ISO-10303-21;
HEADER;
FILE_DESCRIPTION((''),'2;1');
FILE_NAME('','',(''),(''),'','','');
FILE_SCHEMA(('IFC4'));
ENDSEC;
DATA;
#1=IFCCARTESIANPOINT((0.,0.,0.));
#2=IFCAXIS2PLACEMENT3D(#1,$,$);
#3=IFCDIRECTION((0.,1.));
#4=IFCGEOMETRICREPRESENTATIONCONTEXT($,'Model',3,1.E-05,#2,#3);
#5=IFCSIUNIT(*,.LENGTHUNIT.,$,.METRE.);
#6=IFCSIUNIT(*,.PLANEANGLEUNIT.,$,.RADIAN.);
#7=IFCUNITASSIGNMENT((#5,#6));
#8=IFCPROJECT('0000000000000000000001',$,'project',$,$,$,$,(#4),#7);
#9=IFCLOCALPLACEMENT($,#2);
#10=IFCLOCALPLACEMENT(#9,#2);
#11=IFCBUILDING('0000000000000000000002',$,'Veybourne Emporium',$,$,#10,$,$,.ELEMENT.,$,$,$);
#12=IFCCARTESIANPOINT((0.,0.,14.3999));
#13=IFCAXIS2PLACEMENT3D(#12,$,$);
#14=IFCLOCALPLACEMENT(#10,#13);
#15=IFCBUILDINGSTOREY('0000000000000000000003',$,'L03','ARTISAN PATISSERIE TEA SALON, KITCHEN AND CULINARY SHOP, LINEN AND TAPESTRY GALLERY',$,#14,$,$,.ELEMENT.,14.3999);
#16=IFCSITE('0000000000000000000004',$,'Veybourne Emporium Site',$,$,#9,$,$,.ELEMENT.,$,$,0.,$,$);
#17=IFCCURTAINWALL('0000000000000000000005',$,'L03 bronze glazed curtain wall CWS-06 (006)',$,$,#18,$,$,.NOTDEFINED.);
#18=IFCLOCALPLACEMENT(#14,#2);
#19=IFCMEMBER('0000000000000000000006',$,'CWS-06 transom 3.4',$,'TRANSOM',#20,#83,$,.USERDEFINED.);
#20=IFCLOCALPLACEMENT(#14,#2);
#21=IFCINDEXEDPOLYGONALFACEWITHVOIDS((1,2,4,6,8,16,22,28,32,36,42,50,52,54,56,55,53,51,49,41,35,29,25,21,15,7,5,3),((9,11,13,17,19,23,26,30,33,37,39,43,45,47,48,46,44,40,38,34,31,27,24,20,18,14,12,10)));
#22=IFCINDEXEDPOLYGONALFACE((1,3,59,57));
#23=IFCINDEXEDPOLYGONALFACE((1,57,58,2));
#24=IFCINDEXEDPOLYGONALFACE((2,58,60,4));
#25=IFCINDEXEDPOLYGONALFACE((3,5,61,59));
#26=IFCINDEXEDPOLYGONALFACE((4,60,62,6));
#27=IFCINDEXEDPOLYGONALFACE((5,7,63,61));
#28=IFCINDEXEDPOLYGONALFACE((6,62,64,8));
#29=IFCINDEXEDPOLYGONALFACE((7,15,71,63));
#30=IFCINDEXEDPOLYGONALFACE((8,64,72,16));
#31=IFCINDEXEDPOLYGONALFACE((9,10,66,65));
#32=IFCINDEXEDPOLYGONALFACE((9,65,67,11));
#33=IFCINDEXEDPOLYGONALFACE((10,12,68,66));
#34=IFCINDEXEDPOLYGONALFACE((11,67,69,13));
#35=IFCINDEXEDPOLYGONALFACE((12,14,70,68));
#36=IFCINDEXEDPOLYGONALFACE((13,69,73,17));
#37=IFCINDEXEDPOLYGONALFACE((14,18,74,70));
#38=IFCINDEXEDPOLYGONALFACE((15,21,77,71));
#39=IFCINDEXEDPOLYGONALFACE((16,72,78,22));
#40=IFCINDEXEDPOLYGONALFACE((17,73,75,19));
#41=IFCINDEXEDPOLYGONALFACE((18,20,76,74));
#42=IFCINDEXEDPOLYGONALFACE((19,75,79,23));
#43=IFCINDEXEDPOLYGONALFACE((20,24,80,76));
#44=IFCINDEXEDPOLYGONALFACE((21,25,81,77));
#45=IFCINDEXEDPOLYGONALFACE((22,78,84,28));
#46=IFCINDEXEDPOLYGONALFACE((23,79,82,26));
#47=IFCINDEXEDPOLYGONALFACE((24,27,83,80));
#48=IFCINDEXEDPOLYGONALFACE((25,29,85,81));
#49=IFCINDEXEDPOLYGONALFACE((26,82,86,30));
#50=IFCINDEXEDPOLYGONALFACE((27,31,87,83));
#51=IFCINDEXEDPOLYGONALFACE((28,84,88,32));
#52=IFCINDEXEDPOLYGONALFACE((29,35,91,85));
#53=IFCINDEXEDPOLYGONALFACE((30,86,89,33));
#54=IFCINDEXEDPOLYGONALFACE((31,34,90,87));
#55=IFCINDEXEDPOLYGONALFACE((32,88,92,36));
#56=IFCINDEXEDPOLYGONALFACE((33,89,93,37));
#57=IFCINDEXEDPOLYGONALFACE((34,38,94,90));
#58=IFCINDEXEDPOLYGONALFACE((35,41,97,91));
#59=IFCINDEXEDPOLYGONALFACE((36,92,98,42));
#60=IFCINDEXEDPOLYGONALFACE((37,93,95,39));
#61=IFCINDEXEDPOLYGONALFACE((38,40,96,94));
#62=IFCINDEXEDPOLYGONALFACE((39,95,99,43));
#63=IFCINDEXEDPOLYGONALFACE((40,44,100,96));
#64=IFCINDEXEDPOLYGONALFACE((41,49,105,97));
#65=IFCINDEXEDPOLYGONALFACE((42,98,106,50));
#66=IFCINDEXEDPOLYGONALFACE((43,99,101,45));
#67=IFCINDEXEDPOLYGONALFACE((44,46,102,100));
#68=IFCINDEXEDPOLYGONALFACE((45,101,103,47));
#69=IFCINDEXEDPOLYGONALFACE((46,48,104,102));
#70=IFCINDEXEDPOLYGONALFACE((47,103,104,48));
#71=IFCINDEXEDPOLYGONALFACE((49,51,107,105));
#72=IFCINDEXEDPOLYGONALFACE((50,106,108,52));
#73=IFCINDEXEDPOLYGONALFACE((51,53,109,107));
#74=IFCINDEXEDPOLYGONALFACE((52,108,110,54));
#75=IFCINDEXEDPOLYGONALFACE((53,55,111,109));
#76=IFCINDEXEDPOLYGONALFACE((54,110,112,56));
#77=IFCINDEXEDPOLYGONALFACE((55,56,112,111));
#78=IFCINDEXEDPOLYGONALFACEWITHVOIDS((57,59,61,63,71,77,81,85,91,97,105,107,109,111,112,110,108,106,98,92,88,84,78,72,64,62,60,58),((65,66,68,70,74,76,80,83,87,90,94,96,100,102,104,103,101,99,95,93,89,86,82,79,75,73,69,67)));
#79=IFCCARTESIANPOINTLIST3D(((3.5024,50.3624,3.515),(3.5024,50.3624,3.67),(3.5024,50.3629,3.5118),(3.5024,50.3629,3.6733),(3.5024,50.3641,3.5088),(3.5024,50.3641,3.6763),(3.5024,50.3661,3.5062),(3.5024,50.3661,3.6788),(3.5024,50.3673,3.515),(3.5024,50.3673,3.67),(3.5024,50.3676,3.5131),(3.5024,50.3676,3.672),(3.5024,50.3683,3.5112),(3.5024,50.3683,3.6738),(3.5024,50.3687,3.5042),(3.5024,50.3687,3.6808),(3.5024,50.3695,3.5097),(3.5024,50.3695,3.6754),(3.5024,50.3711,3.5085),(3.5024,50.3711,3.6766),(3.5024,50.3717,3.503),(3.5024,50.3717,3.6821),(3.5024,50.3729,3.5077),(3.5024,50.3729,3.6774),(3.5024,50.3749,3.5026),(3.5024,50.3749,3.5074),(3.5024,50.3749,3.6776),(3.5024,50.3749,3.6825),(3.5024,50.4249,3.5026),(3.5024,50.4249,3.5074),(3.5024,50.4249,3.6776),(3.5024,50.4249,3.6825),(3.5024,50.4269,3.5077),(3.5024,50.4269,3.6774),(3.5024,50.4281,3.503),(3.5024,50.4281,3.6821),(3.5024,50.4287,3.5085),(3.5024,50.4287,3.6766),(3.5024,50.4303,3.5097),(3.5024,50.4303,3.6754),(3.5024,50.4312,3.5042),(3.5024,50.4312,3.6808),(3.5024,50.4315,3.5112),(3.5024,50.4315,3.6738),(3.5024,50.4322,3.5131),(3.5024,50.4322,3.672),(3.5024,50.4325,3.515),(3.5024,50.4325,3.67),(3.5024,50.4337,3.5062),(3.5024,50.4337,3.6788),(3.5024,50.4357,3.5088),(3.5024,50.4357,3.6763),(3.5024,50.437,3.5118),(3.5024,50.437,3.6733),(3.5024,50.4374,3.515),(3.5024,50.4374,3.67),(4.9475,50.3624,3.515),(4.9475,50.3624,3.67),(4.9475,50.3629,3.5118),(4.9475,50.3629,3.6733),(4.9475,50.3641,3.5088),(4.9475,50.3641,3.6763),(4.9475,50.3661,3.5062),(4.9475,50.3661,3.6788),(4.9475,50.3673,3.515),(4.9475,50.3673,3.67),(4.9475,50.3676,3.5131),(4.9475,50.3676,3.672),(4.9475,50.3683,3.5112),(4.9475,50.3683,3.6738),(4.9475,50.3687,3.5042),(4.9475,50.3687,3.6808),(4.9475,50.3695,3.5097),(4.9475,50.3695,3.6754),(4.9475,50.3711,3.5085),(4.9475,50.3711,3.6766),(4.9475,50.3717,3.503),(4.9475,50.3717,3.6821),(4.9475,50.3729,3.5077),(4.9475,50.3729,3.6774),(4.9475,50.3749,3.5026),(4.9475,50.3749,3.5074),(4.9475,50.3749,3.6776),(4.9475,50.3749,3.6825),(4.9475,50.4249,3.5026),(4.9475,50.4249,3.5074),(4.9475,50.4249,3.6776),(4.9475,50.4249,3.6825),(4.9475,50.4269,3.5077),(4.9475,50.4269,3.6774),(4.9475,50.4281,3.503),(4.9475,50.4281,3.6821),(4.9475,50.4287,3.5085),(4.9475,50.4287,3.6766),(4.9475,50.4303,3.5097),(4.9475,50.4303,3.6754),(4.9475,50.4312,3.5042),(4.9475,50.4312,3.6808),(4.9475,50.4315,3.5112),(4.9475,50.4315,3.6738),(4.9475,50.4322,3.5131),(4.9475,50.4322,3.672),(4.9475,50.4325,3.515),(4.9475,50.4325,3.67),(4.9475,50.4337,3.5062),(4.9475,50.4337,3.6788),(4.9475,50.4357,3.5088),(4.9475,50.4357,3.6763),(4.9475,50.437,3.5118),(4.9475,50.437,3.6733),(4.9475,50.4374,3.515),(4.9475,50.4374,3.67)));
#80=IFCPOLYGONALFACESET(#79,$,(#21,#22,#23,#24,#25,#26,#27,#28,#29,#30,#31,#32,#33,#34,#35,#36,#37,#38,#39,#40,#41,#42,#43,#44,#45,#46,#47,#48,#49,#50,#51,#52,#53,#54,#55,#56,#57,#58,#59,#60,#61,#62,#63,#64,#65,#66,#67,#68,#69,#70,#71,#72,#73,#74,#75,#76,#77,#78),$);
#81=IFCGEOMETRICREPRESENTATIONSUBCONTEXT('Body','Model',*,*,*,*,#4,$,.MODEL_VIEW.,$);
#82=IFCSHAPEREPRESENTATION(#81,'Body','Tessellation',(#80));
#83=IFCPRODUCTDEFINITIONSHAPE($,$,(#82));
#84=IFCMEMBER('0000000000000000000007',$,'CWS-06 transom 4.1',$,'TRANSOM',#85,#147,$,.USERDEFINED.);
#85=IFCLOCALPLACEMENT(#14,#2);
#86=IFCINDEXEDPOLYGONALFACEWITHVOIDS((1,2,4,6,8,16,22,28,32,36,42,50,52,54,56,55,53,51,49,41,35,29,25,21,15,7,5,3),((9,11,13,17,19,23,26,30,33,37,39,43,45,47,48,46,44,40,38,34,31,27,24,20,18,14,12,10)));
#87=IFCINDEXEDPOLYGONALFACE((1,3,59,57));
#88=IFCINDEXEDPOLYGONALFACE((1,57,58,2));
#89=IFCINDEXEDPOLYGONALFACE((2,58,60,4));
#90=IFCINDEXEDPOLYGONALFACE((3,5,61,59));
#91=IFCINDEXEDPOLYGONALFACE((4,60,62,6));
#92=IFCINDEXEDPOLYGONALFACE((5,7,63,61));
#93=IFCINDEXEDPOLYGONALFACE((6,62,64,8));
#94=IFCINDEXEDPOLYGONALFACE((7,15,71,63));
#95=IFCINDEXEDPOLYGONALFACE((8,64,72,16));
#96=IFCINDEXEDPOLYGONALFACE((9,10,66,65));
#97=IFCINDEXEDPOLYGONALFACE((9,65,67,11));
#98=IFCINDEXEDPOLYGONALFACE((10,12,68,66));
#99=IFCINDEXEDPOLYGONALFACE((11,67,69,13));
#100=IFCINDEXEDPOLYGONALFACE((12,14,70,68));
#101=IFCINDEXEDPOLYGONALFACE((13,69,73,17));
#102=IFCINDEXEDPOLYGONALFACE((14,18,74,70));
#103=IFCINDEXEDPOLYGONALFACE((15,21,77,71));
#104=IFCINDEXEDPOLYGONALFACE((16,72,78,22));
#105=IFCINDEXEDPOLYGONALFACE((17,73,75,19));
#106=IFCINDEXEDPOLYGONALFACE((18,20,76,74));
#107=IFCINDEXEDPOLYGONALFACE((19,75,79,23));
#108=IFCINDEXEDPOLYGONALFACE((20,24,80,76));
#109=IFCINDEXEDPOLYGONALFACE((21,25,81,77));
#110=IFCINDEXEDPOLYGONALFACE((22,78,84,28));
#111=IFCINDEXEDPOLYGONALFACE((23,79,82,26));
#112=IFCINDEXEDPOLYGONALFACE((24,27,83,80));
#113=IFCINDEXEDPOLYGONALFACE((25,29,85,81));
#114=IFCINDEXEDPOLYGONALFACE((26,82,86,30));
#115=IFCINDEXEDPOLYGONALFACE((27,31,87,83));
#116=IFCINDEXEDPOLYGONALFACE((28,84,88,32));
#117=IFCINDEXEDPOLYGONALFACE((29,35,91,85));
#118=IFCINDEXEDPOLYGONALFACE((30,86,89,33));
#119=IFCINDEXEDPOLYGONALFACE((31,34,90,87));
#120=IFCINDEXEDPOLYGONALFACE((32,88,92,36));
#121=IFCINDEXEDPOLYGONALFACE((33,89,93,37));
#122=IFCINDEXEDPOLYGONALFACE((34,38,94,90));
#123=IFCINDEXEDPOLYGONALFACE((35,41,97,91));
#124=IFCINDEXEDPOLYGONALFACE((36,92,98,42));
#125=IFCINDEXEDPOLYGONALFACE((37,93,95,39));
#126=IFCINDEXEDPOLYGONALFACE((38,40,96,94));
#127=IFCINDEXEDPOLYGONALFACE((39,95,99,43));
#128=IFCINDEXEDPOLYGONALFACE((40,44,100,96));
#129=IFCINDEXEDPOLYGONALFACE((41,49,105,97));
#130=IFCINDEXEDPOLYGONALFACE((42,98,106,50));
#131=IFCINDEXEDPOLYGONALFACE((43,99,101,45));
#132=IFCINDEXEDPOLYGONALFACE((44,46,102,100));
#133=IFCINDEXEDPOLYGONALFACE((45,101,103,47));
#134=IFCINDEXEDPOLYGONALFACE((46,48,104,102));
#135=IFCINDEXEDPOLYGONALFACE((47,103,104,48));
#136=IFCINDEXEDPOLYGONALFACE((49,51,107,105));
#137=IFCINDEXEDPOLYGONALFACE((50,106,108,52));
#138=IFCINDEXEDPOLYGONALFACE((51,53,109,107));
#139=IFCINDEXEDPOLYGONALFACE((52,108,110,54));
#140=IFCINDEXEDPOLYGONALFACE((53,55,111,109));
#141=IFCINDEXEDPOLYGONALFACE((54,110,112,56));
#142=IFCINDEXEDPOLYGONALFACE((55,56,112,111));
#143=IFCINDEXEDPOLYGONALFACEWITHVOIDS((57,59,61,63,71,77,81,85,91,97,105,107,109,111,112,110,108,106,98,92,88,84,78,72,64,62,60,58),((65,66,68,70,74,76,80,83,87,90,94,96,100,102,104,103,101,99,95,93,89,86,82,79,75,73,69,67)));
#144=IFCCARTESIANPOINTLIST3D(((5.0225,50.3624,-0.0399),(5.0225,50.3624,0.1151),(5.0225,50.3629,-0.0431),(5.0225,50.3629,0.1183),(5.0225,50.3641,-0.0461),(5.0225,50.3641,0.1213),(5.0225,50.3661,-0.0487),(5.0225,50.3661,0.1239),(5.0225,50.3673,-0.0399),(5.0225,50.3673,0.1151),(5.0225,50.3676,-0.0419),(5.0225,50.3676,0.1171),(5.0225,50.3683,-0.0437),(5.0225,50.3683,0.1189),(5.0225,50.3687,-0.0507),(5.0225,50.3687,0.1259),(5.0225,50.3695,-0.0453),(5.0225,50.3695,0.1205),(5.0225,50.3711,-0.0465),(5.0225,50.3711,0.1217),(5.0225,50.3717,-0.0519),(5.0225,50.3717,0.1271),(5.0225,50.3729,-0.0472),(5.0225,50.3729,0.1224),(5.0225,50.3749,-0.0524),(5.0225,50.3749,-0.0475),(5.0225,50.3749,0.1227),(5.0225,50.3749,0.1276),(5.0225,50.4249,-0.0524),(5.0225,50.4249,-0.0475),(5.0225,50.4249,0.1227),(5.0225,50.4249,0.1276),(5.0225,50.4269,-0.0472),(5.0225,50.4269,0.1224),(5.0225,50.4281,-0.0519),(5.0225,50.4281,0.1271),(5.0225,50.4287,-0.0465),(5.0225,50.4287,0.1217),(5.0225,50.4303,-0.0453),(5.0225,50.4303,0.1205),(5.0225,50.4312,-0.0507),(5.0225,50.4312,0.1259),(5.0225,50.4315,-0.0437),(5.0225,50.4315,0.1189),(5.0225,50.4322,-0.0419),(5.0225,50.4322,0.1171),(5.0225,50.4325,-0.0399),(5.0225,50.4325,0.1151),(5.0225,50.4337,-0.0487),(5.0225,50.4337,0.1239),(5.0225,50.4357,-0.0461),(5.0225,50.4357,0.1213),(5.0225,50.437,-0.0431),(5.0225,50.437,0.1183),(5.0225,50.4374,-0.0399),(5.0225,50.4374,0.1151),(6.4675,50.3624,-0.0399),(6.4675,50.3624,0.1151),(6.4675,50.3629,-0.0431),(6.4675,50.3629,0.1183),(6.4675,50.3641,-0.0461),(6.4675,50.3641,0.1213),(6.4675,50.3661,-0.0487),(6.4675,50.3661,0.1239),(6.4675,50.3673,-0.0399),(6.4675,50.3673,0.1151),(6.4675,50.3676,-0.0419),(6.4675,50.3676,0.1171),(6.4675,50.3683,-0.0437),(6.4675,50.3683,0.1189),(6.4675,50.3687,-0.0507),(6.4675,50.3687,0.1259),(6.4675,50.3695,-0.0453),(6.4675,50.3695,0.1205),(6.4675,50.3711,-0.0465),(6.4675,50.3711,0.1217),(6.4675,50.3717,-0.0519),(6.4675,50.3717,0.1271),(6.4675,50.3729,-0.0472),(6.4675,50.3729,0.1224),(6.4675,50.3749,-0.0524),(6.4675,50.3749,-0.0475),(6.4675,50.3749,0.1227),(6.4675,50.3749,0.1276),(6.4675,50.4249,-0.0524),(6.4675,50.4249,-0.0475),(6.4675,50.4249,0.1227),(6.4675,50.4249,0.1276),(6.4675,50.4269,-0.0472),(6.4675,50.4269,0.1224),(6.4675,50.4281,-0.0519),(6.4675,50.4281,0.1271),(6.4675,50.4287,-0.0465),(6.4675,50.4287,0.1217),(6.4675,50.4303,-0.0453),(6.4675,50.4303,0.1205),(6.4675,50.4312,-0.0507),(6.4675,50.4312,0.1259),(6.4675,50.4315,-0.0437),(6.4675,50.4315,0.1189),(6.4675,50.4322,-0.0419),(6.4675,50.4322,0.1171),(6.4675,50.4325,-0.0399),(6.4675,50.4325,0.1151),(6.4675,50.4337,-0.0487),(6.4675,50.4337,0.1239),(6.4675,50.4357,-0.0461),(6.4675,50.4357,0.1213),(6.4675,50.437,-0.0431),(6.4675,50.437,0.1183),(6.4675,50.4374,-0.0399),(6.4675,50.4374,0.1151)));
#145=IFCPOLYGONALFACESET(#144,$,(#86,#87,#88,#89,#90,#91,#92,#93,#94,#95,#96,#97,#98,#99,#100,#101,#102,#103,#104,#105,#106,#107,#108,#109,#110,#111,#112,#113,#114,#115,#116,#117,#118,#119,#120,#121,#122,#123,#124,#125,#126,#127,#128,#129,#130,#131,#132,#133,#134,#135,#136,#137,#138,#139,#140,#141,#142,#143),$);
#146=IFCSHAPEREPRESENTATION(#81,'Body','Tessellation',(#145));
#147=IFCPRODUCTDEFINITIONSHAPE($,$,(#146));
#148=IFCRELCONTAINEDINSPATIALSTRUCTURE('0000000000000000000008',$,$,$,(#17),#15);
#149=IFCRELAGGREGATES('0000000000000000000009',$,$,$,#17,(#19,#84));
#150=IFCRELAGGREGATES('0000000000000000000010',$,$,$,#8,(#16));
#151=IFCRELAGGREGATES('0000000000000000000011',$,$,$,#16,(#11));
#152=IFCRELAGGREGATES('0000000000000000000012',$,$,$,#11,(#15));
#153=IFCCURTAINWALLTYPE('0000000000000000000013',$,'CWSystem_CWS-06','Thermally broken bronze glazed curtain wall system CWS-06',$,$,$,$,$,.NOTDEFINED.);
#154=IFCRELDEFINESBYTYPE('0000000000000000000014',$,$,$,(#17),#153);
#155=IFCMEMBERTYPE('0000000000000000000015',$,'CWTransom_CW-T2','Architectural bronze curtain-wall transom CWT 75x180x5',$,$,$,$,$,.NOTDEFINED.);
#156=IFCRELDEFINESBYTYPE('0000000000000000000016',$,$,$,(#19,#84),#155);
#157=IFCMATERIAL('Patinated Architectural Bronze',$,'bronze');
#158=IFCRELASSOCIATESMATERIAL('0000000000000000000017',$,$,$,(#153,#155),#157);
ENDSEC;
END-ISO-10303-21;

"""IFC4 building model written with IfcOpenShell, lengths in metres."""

from ifc_helpers import new_model, si_unit, direction, frame, origin, origin_2d, place, context, subcontext, project, spatial, hollow_rectangle, extrude, material, material_profile, profile_set, type_object, element, aggregate, save


model = new_model("IFC4")

# Units and contexts
model_context = context("Model", 3, precision=1e-05, world=origin(), true_north=direction((0.0, 1.0)))
body_context = subcontext(model_context, "Body", "Model", "MODEL_VIEW")
ifc_project = project(units=[si_unit("LENGTHUNIT", "METRE"), si_unit("PLANEANGLEUNIT", "RADIAN")], contexts=[model_context])

# Site, building, storey
site_placement = place(None, origin())
site = spatial("IfcSite", under=ifc_project, at=site_placement, Name="Veybourne Emporium Site", CompositionType="ELEMENT", RefElevation=0.0)
building_placement = place(site_placement, origin())
building = spatial("IfcBuilding", under=site, at=building_placement, Name="Veybourne Emporium", CompositionType="ELEMENT")
storey_placement = place(building_placement, frame((0.0, 0.0, 14.3999)))
storey = spatial("IfcBuildingStorey", under=building, at=storey_placement, Name="L03", Description="ARTISAN PATISSERIE TEA SALON, KITCHEN AND CULINARY SHOP, LINEN AND TAPESTRY GALLERY", CompositionType="ELEMENT", Elevation=14.3999)

# Curtain wall, members
ifc_material_1 = material(Name="Patinated Architectural Bronze", Category="bronze")
curtain_wall_type = type_object("IfcCurtainWallType", Name="CWSystem_CWS-06", Description="Thermally broken bronze glazed curtain wall system CWS-06", PredefinedType="NOTDEFINED", material=ifc_material_1)
curtain_wall_placement = place(storey_placement, origin())
curtain_wall = element("IfcCurtainWall", 1, at=curtain_wall_placement, inside=storey, type_object=curtain_wall_type, Name="L03 bronze glazed curtain wall CWS-06 (006)", PredefinedType="NOTDEFINED")
ifc_material_profile_1 = material_profile(ifc_material_1, hollow_rectangle(XDim=0.075, YDim=0.1799, WallThickness=0.0049, InnerFilletRadius=0.0076, OuterFilletRadius=0.0125, at=origin_2d()), Name="CWT 75x180x5")
ifc_profile_set_1 = profile_set([ifc_material_profile_1], Name="Patinated Architectural Bronze")
member_type_1 = type_object("IfcMemberType", Name="CWTransom_CW-T2", Description="Architectural bronze curtain-wall transom CWT 75x180x5", PredefinedType="NOTDEFINED", material=ifc_profile_set_1)
member_1_placement = place(storey_placement, frame((3.5024, 50.3999, 3.5925), z_axis=(1.0, 0.0, 0.0), x_axis=(0.0, 1.0, 0.0)))
member_1 = element("IfcMember", 2, at=member_1_placement, type_object=member_type_1, Name="CWS-06 transom 3.4", ObjectType="TRANSOM", PredefinedType="USERDEFINED", context=body_context, shape_type="SweptSolid", body=[
    extrude(hollow_rectangle(XDim=0.075, YDim=0.1799, WallThickness=0.0049, InnerFilletRadius=0.0076, OuterFilletRadius=0.0125, at=origin_2d()), origin(), (0.0, 0.0, 1.0), 1.4451),
])
member_2_placement = place(storey_placement, frame((5.0225, 50.3999, 0.0376), z_axis=(1.0, 0.0, 0.0), x_axis=(0.0, 1.0, 0.0)))
member_2 = element("IfcMember", 3, at=member_2_placement, type_object=member_type_1, Name="CWS-06 transom 4.1", ObjectType="TRANSOM", PredefinedType="USERDEFINED", context=body_context, shape_type="SweptSolid", body=[
    extrude(hollow_rectangle(XDim=0.075, YDim=0.1799, WallThickness=0.0049, InnerFilletRadius=0.0076, OuterFilletRadius=0.0125, at=origin_2d()), origin(), (0.0, 0.0, 1.0), 1.4451),
])
aggregate(curtain_wall, [member_1, member_2])

save(model, "model.ifc")
